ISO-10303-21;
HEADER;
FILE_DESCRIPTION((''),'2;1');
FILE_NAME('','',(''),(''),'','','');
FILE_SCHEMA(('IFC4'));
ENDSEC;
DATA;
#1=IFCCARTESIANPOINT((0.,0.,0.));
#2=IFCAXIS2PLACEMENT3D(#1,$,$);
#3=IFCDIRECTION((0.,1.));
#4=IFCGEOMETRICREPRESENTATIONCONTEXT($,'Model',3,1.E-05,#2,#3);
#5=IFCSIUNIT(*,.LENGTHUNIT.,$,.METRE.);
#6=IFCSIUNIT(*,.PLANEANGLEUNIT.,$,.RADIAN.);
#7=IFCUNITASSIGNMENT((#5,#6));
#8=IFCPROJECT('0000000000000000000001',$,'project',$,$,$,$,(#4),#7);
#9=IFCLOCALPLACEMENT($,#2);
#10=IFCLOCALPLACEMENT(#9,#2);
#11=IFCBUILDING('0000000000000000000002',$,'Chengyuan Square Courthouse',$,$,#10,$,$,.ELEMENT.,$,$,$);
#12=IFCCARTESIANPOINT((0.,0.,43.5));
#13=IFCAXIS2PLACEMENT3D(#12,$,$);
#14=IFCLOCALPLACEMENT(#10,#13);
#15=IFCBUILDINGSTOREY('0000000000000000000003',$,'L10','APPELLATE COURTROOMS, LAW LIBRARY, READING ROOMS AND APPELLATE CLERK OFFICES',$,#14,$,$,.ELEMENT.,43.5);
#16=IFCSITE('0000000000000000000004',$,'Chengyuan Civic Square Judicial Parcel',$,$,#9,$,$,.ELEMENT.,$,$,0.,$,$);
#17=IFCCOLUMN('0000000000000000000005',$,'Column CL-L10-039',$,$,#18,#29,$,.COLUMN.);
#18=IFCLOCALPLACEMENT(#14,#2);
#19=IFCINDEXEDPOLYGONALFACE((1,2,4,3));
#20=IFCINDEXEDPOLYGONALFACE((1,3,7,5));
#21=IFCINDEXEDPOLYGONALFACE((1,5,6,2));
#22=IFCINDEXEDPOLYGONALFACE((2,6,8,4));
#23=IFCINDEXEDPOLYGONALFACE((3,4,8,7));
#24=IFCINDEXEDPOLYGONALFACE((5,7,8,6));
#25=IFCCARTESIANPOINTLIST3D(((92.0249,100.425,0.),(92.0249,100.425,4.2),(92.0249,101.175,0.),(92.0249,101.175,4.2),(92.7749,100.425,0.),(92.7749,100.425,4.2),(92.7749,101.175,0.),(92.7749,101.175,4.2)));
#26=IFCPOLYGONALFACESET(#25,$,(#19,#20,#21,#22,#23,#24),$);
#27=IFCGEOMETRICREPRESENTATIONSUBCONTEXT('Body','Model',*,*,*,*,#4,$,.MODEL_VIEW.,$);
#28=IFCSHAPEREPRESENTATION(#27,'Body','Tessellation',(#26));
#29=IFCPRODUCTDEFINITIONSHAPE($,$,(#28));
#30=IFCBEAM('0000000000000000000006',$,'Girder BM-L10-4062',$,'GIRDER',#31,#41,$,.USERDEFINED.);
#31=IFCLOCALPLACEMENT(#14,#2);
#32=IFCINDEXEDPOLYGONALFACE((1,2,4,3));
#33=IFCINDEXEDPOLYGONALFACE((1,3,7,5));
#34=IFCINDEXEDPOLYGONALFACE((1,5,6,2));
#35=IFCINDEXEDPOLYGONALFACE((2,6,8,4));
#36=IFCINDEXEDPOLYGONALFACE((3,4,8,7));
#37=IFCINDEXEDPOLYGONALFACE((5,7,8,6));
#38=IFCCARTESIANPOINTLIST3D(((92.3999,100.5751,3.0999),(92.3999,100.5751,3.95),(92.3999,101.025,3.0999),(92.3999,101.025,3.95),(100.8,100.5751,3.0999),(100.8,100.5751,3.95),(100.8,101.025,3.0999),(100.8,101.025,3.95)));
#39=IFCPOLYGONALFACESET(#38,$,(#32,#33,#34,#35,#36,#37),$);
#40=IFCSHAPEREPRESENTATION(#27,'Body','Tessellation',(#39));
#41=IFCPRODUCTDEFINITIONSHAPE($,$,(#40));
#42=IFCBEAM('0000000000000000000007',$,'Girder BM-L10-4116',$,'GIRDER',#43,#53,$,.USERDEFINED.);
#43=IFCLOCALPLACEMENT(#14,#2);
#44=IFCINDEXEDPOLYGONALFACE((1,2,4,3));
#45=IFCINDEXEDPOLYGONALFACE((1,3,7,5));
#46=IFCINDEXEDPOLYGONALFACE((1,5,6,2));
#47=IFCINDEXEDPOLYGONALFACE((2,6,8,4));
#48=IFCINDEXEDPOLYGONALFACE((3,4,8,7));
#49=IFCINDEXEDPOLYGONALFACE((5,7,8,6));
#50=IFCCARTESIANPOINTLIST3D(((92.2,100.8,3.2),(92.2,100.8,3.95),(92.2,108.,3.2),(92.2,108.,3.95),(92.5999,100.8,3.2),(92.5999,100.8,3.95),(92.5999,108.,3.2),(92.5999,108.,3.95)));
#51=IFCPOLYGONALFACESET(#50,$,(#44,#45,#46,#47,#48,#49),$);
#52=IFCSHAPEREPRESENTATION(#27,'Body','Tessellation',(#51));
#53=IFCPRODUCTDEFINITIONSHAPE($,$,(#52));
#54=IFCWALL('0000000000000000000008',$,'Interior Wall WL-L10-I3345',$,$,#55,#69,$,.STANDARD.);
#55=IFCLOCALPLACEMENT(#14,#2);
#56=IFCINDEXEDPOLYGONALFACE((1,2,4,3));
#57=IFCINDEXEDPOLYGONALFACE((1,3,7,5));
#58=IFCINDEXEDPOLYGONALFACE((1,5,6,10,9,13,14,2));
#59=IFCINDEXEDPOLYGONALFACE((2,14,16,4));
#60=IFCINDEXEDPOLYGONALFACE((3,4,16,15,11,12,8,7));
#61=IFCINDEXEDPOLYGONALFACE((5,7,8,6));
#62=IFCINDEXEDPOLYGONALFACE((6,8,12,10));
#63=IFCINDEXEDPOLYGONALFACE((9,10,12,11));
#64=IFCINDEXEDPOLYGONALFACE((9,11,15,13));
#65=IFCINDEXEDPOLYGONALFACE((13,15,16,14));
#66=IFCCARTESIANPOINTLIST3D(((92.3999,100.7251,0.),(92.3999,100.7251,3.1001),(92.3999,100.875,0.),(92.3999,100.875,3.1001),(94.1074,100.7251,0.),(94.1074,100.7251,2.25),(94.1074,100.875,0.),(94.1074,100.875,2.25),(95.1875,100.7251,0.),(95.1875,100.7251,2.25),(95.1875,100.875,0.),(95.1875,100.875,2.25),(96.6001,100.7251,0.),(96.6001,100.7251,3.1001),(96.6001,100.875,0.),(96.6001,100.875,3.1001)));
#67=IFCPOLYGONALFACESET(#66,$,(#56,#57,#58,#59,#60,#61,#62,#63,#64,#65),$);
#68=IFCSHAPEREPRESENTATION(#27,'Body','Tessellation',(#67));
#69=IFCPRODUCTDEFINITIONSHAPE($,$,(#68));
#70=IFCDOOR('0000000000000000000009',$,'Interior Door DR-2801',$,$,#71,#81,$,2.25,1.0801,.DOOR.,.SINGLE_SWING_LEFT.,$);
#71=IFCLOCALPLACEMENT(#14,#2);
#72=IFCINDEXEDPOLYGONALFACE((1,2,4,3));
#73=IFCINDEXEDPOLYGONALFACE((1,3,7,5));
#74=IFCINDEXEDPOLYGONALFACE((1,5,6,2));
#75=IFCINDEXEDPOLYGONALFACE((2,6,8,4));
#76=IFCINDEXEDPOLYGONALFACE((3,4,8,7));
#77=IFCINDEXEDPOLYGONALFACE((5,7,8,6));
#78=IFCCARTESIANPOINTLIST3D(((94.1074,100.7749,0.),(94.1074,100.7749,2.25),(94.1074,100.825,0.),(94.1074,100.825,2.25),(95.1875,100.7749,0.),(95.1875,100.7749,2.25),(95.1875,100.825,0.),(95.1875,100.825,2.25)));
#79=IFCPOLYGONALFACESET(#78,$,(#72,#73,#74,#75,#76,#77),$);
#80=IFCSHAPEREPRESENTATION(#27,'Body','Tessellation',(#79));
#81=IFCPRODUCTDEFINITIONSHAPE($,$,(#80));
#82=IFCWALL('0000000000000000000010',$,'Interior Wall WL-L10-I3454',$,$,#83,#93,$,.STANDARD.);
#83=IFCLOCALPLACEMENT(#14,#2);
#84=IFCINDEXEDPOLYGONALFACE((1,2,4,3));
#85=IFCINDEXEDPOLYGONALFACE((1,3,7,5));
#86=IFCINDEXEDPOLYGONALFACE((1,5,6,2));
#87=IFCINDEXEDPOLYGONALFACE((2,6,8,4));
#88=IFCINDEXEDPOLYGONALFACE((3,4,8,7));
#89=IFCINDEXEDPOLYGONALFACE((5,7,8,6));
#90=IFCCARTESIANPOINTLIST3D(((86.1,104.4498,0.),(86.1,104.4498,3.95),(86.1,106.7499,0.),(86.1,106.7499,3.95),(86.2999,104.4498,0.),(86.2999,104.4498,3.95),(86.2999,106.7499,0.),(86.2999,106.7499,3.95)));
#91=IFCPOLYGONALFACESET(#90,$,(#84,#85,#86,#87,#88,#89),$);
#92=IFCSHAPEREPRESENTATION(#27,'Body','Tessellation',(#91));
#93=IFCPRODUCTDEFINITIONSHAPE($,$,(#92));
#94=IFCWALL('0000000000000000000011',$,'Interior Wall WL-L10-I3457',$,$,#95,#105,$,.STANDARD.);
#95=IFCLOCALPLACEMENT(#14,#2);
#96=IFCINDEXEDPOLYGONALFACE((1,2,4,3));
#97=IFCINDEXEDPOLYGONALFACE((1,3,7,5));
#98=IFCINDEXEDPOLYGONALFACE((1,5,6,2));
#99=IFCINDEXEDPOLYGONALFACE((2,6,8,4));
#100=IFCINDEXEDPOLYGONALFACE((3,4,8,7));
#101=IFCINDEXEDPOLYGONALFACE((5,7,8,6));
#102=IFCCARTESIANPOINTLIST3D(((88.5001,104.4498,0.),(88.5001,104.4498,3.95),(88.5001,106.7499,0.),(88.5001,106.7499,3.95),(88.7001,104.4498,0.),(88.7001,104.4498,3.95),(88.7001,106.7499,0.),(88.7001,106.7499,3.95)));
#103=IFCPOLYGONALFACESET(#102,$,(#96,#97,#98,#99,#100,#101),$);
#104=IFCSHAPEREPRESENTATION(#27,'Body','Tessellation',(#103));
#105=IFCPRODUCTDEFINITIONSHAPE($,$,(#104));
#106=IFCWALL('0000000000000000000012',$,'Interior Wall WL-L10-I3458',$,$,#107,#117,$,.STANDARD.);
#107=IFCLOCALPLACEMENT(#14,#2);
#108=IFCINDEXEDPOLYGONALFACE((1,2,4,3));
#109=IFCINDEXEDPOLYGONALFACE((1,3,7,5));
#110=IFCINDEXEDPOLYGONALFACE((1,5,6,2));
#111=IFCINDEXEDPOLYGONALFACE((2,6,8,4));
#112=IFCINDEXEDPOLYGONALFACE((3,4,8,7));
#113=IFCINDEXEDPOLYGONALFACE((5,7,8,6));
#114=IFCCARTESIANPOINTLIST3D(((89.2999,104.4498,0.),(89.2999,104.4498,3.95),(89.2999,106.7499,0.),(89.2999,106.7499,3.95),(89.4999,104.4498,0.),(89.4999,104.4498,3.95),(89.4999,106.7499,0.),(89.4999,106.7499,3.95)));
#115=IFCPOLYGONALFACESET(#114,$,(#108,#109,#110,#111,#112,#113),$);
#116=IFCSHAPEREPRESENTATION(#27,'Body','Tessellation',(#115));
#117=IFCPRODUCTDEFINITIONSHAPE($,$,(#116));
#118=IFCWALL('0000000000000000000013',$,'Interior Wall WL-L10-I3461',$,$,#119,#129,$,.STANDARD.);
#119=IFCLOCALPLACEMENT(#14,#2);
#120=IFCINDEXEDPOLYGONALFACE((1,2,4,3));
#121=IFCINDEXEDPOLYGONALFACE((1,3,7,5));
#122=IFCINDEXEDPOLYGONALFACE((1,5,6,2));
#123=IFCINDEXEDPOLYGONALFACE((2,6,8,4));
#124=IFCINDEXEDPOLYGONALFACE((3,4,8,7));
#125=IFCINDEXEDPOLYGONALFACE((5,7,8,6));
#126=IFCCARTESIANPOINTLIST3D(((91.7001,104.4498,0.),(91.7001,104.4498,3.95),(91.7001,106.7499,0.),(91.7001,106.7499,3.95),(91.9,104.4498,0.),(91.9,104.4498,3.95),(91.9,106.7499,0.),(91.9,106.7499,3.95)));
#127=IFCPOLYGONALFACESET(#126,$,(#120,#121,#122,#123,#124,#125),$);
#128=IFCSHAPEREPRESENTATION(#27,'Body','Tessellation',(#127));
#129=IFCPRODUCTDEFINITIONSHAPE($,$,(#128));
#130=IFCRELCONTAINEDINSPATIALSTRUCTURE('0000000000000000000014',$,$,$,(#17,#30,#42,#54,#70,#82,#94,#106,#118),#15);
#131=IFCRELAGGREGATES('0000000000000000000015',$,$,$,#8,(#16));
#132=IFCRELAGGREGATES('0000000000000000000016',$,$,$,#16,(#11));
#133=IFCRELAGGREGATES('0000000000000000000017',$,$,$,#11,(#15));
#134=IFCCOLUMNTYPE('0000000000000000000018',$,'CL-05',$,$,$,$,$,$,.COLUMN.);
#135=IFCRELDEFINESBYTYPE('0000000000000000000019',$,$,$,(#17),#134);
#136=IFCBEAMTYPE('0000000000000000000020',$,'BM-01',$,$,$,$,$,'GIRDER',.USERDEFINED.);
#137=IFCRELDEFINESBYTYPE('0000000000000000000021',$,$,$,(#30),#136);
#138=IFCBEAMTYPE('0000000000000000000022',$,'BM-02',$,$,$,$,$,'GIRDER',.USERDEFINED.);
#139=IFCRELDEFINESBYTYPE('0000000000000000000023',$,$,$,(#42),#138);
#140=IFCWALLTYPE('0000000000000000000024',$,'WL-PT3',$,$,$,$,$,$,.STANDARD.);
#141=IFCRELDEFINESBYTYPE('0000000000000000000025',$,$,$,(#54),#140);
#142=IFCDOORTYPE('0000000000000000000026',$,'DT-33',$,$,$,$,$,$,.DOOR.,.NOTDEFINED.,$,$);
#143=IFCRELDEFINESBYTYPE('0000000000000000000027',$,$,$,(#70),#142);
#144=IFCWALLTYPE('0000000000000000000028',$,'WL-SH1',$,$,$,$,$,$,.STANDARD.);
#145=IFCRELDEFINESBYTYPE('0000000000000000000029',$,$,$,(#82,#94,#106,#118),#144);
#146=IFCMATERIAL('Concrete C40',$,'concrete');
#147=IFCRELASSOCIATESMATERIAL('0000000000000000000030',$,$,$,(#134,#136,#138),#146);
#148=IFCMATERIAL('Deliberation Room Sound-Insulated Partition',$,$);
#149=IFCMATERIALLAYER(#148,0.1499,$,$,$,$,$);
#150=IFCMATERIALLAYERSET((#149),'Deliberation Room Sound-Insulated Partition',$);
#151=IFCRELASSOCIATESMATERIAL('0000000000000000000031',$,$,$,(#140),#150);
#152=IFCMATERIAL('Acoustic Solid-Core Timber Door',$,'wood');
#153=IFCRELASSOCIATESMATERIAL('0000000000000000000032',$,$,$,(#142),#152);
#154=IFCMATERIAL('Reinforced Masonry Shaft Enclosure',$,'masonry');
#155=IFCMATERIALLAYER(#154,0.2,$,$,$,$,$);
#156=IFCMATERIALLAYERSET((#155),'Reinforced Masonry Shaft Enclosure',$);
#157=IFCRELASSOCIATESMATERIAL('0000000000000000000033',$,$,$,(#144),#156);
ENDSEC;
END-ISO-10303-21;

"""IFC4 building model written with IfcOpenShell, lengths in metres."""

from ifc_helpers import new_model, si_unit, direction, frame, frame_2d, origin, origin_2d, place, context, subcontext, project, spatial, rectangle, extrude, material, layer, layer_set, material_profile, profile_set, type_object, element, fill, save


model = new_model("IFC4")

# Units and contexts
model_context = context("Model", 3, precision=1e-05, world=origin(), true_north=direction((0.0, 1.0)))
body_context = subcontext(model_context, "Body", "Model", "MODEL_VIEW")
ifc_project = project(units=[si_unit("LENGTHUNIT", "METRE"), si_unit("PLANEANGLEUNIT", "RADIAN")], contexts=[model_context])

# Site, building, storey
site_placement = place(None, origin())
site = spatial("IfcSite", under=ifc_project, at=site_placement, Name="Chengyuan Civic Square Judicial Parcel", CompositionType="ELEMENT", RefElevation=0.0)
building_placement = place(site_placement, origin())
building = spatial("IfcBuilding", under=site, at=building_placement, Name="Chengyuan Square Courthouse", CompositionType="ELEMENT")
storey_placement = place(building_placement, frame((0.0, 0.0, 43.5)))
storey = spatial("IfcBuildingStorey", under=building, at=storey_placement, Name="L10", Description="APPELLATE COURTROOMS, LAW LIBRARY, READING ROOMS AND APPELLATE CLERK OFFICES", CompositionType="ELEMENT", Elevation=43.5)

# Column
ifc_material_1 = material(Name="Concrete C40", Category="concrete")
ifc_material_profile_1 = material_profile(ifc_material_1, rectangle(XDim=0.75, YDim=0.75, at=origin_2d()), Name="RC-COL-750x750")
ifc_profile_set_1 = profile_set([ifc_material_profile_1], Name="Concrete C40")
column_type = type_object("IfcColumnType", Name="CL-05", PredefinedType="COLUMN", material=ifc_profile_set_1)
column_placement = place(storey_placement, frame((92.3999, 100.8, 0.0), z_axis=(0.0, 0.0, 1.0), x_axis=(1.0, 0.0, 0.0)))
element("IfcColumn", 1, at=column_placement, inside=storey, type_object=column_type, Name="Column CL-L10-039", PredefinedType="COLUMN", context=body_context, shape_type="SweptSolid", body=[
    extrude(rectangle(XDim=0.75, YDim=0.75, at=origin_2d()), origin(), (0.0, 0.0, 1.0), 4.2),
])

# Beams
ifc_material_profile_2 = material_profile(ifc_material_1, rectangle(XDim=0.45, YDim=0.8501, at=origin_2d()), Name="RC-BM-450x850")
ifc_profile_set_2 = profile_set([ifc_material_profile_2], Name="Concrete C40")
beam_type_1 = type_object("IfcBeamType", Name="BM-01", ElementType="GIRDER", PredefinedType="USERDEFINED", material=ifc_profile_set_2)
beam_1_placement = place(storey_placement, frame((92.3999, 100.8, 3.5249), z_axis=(1.0, 0.0, 0.0), x_axis=(0.0, 1.0, 0.0)))
element("IfcBeam", 2, at=beam_1_placement, inside=storey, type_object=beam_type_1, Name="Girder BM-L10-4062", ObjectType="GIRDER", PredefinedType="USERDEFINED", context=body_context, shape_type="SweptSolid", body=[
    extrude(rectangle(XDim=0.45, YDim=0.8501, at=origin_2d()), origin(), (0.0, 0.0, 1.0), 8.4001),
])
ifc_material_profile_3 = material_profile(ifc_material_1, rectangle(XDim=0.3999, YDim=0.75, at=origin_2d()), Name="RC-BM-400x750")
ifc_profile_set_3 = profile_set([ifc_material_profile_3], Name="Concrete C40")
beam_type_2 = type_object("IfcBeamType", Name="BM-02", ElementType="GIRDER", PredefinedType="USERDEFINED", material=ifc_profile_set_3)
beam_2_placement = place(storey_placement, frame((92.3999, 100.8, 3.575), z_axis=(0.0, 1.0, 0.0), x_axis=(-1.0, 0.0, 0.0)))
element("IfcBeam", 3, at=beam_2_placement, inside=storey, type_object=beam_type_2, Name="Girder BM-L10-4116", ObjectType="GIRDER", PredefinedType="USERDEFINED", context=body_context, shape_type="SweptSolid", body=[
    extrude(rectangle(XDim=0.3999, YDim=0.75, at=origin_2d()), origin(), (0.0, 0.0, 1.0), 7.2),
])

# Wall, opening, door
ifc_material_2 = material(Name="Deliberation Room Sound-Insulated Partition")
ifc_layer_1 = layer(ifc_material_2, 0.1499)
ifc_layer_set_1 = layer_set([ifc_layer_1], Name="Deliberation Room Sound-Insulated Partition")
wall_type_1 = type_object("IfcWallType", Name="WL-PT3", PredefinedType="STANDARD", material=ifc_layer_set_1)
wall_1_placement = place(storey_placement, frame((92.3999, 100.8, 0.0), z_axis=(0.0, 0.0, 1.0), x_axis=(1.0, 0.0, 0.0)))
wall_1 = element("IfcWall", 4, at=wall_1_placement, inside=storey, type_object=wall_type_1, Name="Interior Wall WL-L10-I3345", PredefinedType="STANDARD", context=body_context, shape_type="SweptSolid", body=[
    extrude(rectangle(XDim=4.2002, YDim=0.1499, at=frame_2d((2.1001, 0.0))), origin(), (0.0, 0.0, 1.0), 3.1001),
])
opening_1_placement = place(wall_1_placement, frame((1.7075, 0.0, 0.0)))
opening_1 = element("IfcOpeningElement", 5, at=opening_1_placement, cuts=wall_1, PredefinedType="OPENING", context=body_context, shape_type="SweptSolid", body=[
    extrude(rectangle(XDim=1.0801, YDim=2.25, at=frame_2d((0.54, 1.125))), frame((0.0, 0.0869, 0.0), z_axis=(0.0, -1.0, 0.0), x_axis=(1.0, 0.0, 0.0)), (0.0, 0.0, 1.0), 0.1738),
])
ifc_material_3 = material(Name="Acoustic Solid-Core Timber Door", Category="wood")
door_type_1 = type_object("IfcDoorType", Name="DT-33", OperationType="NOTDEFINED", PredefinedType="DOOR", material=ifc_material_3)
door_1_placement = place(opening_1_placement, origin())
door_1 = element("IfcDoor", 6, at=door_1_placement, inside=storey, type_object=door_type_1, Name="Interior Door DR-2801", OperationType="SINGLE_SWING_LEFT", OverallHeight=2.25, OverallWidth=1.0801, PredefinedType="DOOR", context=body_context, shape_type="SweptSolid", body=[
    extrude(rectangle(XDim=1.0801, YDim=2.25, at=frame_2d((0.54, 1.125))), frame((0.0, 0.0249, 0.0), z_axis=(0.0, -1.0, 0.0), x_axis=(1.0, 0.0, 0.0)), (0.0, 0.0, 1.0), 0.05),
])
fill(opening_1, door_1)
ifc_material_4 = material(Name="Reinforced Masonry Shaft Enclosure", Category="masonry")
ifc_layer_2 = layer(ifc_material_4, 0.2)
ifc_layer_set_2 = layer_set([ifc_layer_2], Name="Reinforced Masonry Shaft Enclosure")
wall_type_2 = type_object("IfcWallType", Name="WL-SH1", PredefinedType="STANDARD", material=ifc_layer_set_2)

# Walls
for number, where, z_axis, x_axis, name in (
    (7, (86.2, 104.45, 0.0), (0.0, 0.0, 1.0), (0.0, 1.0, 0.0), "Interior Wall WL-L10-I3454"),
    (8, (88.6001, 104.45, 0.0), (0.0, 0.0, 1.0), (0.0, 1.0, 0.0), "Interior Wall WL-L10-I3457"),
    (9, (89.3999, 104.45, 0.0), (0.0, 0.0, 1.0), (0.0, 1.0, 0.0), "Interior Wall WL-L10-I3458"),
    (10, (91.8, 104.45, 0.0), (0.0, 0.0, 1.0), (0.0, 1.0, 0.0), "Interior Wall WL-L10-I3461"),
):
    element("IfcWall", number, at=place(storey_placement, frame(where, z_axis=z_axis, x_axis=x_axis)), inside=storey, type_object=wall_type_2, Name=name, PredefinedType="STANDARD", context=body_context, shape_type="SweptSolid", body=[
        extrude(rectangle(XDim=2.3, YDim=0.2, at=frame_2d((1.1499, 0.0))), origin(), (0.0, 0.0, 1.0), 3.95),
    ])

save(model, "model.ifc")
